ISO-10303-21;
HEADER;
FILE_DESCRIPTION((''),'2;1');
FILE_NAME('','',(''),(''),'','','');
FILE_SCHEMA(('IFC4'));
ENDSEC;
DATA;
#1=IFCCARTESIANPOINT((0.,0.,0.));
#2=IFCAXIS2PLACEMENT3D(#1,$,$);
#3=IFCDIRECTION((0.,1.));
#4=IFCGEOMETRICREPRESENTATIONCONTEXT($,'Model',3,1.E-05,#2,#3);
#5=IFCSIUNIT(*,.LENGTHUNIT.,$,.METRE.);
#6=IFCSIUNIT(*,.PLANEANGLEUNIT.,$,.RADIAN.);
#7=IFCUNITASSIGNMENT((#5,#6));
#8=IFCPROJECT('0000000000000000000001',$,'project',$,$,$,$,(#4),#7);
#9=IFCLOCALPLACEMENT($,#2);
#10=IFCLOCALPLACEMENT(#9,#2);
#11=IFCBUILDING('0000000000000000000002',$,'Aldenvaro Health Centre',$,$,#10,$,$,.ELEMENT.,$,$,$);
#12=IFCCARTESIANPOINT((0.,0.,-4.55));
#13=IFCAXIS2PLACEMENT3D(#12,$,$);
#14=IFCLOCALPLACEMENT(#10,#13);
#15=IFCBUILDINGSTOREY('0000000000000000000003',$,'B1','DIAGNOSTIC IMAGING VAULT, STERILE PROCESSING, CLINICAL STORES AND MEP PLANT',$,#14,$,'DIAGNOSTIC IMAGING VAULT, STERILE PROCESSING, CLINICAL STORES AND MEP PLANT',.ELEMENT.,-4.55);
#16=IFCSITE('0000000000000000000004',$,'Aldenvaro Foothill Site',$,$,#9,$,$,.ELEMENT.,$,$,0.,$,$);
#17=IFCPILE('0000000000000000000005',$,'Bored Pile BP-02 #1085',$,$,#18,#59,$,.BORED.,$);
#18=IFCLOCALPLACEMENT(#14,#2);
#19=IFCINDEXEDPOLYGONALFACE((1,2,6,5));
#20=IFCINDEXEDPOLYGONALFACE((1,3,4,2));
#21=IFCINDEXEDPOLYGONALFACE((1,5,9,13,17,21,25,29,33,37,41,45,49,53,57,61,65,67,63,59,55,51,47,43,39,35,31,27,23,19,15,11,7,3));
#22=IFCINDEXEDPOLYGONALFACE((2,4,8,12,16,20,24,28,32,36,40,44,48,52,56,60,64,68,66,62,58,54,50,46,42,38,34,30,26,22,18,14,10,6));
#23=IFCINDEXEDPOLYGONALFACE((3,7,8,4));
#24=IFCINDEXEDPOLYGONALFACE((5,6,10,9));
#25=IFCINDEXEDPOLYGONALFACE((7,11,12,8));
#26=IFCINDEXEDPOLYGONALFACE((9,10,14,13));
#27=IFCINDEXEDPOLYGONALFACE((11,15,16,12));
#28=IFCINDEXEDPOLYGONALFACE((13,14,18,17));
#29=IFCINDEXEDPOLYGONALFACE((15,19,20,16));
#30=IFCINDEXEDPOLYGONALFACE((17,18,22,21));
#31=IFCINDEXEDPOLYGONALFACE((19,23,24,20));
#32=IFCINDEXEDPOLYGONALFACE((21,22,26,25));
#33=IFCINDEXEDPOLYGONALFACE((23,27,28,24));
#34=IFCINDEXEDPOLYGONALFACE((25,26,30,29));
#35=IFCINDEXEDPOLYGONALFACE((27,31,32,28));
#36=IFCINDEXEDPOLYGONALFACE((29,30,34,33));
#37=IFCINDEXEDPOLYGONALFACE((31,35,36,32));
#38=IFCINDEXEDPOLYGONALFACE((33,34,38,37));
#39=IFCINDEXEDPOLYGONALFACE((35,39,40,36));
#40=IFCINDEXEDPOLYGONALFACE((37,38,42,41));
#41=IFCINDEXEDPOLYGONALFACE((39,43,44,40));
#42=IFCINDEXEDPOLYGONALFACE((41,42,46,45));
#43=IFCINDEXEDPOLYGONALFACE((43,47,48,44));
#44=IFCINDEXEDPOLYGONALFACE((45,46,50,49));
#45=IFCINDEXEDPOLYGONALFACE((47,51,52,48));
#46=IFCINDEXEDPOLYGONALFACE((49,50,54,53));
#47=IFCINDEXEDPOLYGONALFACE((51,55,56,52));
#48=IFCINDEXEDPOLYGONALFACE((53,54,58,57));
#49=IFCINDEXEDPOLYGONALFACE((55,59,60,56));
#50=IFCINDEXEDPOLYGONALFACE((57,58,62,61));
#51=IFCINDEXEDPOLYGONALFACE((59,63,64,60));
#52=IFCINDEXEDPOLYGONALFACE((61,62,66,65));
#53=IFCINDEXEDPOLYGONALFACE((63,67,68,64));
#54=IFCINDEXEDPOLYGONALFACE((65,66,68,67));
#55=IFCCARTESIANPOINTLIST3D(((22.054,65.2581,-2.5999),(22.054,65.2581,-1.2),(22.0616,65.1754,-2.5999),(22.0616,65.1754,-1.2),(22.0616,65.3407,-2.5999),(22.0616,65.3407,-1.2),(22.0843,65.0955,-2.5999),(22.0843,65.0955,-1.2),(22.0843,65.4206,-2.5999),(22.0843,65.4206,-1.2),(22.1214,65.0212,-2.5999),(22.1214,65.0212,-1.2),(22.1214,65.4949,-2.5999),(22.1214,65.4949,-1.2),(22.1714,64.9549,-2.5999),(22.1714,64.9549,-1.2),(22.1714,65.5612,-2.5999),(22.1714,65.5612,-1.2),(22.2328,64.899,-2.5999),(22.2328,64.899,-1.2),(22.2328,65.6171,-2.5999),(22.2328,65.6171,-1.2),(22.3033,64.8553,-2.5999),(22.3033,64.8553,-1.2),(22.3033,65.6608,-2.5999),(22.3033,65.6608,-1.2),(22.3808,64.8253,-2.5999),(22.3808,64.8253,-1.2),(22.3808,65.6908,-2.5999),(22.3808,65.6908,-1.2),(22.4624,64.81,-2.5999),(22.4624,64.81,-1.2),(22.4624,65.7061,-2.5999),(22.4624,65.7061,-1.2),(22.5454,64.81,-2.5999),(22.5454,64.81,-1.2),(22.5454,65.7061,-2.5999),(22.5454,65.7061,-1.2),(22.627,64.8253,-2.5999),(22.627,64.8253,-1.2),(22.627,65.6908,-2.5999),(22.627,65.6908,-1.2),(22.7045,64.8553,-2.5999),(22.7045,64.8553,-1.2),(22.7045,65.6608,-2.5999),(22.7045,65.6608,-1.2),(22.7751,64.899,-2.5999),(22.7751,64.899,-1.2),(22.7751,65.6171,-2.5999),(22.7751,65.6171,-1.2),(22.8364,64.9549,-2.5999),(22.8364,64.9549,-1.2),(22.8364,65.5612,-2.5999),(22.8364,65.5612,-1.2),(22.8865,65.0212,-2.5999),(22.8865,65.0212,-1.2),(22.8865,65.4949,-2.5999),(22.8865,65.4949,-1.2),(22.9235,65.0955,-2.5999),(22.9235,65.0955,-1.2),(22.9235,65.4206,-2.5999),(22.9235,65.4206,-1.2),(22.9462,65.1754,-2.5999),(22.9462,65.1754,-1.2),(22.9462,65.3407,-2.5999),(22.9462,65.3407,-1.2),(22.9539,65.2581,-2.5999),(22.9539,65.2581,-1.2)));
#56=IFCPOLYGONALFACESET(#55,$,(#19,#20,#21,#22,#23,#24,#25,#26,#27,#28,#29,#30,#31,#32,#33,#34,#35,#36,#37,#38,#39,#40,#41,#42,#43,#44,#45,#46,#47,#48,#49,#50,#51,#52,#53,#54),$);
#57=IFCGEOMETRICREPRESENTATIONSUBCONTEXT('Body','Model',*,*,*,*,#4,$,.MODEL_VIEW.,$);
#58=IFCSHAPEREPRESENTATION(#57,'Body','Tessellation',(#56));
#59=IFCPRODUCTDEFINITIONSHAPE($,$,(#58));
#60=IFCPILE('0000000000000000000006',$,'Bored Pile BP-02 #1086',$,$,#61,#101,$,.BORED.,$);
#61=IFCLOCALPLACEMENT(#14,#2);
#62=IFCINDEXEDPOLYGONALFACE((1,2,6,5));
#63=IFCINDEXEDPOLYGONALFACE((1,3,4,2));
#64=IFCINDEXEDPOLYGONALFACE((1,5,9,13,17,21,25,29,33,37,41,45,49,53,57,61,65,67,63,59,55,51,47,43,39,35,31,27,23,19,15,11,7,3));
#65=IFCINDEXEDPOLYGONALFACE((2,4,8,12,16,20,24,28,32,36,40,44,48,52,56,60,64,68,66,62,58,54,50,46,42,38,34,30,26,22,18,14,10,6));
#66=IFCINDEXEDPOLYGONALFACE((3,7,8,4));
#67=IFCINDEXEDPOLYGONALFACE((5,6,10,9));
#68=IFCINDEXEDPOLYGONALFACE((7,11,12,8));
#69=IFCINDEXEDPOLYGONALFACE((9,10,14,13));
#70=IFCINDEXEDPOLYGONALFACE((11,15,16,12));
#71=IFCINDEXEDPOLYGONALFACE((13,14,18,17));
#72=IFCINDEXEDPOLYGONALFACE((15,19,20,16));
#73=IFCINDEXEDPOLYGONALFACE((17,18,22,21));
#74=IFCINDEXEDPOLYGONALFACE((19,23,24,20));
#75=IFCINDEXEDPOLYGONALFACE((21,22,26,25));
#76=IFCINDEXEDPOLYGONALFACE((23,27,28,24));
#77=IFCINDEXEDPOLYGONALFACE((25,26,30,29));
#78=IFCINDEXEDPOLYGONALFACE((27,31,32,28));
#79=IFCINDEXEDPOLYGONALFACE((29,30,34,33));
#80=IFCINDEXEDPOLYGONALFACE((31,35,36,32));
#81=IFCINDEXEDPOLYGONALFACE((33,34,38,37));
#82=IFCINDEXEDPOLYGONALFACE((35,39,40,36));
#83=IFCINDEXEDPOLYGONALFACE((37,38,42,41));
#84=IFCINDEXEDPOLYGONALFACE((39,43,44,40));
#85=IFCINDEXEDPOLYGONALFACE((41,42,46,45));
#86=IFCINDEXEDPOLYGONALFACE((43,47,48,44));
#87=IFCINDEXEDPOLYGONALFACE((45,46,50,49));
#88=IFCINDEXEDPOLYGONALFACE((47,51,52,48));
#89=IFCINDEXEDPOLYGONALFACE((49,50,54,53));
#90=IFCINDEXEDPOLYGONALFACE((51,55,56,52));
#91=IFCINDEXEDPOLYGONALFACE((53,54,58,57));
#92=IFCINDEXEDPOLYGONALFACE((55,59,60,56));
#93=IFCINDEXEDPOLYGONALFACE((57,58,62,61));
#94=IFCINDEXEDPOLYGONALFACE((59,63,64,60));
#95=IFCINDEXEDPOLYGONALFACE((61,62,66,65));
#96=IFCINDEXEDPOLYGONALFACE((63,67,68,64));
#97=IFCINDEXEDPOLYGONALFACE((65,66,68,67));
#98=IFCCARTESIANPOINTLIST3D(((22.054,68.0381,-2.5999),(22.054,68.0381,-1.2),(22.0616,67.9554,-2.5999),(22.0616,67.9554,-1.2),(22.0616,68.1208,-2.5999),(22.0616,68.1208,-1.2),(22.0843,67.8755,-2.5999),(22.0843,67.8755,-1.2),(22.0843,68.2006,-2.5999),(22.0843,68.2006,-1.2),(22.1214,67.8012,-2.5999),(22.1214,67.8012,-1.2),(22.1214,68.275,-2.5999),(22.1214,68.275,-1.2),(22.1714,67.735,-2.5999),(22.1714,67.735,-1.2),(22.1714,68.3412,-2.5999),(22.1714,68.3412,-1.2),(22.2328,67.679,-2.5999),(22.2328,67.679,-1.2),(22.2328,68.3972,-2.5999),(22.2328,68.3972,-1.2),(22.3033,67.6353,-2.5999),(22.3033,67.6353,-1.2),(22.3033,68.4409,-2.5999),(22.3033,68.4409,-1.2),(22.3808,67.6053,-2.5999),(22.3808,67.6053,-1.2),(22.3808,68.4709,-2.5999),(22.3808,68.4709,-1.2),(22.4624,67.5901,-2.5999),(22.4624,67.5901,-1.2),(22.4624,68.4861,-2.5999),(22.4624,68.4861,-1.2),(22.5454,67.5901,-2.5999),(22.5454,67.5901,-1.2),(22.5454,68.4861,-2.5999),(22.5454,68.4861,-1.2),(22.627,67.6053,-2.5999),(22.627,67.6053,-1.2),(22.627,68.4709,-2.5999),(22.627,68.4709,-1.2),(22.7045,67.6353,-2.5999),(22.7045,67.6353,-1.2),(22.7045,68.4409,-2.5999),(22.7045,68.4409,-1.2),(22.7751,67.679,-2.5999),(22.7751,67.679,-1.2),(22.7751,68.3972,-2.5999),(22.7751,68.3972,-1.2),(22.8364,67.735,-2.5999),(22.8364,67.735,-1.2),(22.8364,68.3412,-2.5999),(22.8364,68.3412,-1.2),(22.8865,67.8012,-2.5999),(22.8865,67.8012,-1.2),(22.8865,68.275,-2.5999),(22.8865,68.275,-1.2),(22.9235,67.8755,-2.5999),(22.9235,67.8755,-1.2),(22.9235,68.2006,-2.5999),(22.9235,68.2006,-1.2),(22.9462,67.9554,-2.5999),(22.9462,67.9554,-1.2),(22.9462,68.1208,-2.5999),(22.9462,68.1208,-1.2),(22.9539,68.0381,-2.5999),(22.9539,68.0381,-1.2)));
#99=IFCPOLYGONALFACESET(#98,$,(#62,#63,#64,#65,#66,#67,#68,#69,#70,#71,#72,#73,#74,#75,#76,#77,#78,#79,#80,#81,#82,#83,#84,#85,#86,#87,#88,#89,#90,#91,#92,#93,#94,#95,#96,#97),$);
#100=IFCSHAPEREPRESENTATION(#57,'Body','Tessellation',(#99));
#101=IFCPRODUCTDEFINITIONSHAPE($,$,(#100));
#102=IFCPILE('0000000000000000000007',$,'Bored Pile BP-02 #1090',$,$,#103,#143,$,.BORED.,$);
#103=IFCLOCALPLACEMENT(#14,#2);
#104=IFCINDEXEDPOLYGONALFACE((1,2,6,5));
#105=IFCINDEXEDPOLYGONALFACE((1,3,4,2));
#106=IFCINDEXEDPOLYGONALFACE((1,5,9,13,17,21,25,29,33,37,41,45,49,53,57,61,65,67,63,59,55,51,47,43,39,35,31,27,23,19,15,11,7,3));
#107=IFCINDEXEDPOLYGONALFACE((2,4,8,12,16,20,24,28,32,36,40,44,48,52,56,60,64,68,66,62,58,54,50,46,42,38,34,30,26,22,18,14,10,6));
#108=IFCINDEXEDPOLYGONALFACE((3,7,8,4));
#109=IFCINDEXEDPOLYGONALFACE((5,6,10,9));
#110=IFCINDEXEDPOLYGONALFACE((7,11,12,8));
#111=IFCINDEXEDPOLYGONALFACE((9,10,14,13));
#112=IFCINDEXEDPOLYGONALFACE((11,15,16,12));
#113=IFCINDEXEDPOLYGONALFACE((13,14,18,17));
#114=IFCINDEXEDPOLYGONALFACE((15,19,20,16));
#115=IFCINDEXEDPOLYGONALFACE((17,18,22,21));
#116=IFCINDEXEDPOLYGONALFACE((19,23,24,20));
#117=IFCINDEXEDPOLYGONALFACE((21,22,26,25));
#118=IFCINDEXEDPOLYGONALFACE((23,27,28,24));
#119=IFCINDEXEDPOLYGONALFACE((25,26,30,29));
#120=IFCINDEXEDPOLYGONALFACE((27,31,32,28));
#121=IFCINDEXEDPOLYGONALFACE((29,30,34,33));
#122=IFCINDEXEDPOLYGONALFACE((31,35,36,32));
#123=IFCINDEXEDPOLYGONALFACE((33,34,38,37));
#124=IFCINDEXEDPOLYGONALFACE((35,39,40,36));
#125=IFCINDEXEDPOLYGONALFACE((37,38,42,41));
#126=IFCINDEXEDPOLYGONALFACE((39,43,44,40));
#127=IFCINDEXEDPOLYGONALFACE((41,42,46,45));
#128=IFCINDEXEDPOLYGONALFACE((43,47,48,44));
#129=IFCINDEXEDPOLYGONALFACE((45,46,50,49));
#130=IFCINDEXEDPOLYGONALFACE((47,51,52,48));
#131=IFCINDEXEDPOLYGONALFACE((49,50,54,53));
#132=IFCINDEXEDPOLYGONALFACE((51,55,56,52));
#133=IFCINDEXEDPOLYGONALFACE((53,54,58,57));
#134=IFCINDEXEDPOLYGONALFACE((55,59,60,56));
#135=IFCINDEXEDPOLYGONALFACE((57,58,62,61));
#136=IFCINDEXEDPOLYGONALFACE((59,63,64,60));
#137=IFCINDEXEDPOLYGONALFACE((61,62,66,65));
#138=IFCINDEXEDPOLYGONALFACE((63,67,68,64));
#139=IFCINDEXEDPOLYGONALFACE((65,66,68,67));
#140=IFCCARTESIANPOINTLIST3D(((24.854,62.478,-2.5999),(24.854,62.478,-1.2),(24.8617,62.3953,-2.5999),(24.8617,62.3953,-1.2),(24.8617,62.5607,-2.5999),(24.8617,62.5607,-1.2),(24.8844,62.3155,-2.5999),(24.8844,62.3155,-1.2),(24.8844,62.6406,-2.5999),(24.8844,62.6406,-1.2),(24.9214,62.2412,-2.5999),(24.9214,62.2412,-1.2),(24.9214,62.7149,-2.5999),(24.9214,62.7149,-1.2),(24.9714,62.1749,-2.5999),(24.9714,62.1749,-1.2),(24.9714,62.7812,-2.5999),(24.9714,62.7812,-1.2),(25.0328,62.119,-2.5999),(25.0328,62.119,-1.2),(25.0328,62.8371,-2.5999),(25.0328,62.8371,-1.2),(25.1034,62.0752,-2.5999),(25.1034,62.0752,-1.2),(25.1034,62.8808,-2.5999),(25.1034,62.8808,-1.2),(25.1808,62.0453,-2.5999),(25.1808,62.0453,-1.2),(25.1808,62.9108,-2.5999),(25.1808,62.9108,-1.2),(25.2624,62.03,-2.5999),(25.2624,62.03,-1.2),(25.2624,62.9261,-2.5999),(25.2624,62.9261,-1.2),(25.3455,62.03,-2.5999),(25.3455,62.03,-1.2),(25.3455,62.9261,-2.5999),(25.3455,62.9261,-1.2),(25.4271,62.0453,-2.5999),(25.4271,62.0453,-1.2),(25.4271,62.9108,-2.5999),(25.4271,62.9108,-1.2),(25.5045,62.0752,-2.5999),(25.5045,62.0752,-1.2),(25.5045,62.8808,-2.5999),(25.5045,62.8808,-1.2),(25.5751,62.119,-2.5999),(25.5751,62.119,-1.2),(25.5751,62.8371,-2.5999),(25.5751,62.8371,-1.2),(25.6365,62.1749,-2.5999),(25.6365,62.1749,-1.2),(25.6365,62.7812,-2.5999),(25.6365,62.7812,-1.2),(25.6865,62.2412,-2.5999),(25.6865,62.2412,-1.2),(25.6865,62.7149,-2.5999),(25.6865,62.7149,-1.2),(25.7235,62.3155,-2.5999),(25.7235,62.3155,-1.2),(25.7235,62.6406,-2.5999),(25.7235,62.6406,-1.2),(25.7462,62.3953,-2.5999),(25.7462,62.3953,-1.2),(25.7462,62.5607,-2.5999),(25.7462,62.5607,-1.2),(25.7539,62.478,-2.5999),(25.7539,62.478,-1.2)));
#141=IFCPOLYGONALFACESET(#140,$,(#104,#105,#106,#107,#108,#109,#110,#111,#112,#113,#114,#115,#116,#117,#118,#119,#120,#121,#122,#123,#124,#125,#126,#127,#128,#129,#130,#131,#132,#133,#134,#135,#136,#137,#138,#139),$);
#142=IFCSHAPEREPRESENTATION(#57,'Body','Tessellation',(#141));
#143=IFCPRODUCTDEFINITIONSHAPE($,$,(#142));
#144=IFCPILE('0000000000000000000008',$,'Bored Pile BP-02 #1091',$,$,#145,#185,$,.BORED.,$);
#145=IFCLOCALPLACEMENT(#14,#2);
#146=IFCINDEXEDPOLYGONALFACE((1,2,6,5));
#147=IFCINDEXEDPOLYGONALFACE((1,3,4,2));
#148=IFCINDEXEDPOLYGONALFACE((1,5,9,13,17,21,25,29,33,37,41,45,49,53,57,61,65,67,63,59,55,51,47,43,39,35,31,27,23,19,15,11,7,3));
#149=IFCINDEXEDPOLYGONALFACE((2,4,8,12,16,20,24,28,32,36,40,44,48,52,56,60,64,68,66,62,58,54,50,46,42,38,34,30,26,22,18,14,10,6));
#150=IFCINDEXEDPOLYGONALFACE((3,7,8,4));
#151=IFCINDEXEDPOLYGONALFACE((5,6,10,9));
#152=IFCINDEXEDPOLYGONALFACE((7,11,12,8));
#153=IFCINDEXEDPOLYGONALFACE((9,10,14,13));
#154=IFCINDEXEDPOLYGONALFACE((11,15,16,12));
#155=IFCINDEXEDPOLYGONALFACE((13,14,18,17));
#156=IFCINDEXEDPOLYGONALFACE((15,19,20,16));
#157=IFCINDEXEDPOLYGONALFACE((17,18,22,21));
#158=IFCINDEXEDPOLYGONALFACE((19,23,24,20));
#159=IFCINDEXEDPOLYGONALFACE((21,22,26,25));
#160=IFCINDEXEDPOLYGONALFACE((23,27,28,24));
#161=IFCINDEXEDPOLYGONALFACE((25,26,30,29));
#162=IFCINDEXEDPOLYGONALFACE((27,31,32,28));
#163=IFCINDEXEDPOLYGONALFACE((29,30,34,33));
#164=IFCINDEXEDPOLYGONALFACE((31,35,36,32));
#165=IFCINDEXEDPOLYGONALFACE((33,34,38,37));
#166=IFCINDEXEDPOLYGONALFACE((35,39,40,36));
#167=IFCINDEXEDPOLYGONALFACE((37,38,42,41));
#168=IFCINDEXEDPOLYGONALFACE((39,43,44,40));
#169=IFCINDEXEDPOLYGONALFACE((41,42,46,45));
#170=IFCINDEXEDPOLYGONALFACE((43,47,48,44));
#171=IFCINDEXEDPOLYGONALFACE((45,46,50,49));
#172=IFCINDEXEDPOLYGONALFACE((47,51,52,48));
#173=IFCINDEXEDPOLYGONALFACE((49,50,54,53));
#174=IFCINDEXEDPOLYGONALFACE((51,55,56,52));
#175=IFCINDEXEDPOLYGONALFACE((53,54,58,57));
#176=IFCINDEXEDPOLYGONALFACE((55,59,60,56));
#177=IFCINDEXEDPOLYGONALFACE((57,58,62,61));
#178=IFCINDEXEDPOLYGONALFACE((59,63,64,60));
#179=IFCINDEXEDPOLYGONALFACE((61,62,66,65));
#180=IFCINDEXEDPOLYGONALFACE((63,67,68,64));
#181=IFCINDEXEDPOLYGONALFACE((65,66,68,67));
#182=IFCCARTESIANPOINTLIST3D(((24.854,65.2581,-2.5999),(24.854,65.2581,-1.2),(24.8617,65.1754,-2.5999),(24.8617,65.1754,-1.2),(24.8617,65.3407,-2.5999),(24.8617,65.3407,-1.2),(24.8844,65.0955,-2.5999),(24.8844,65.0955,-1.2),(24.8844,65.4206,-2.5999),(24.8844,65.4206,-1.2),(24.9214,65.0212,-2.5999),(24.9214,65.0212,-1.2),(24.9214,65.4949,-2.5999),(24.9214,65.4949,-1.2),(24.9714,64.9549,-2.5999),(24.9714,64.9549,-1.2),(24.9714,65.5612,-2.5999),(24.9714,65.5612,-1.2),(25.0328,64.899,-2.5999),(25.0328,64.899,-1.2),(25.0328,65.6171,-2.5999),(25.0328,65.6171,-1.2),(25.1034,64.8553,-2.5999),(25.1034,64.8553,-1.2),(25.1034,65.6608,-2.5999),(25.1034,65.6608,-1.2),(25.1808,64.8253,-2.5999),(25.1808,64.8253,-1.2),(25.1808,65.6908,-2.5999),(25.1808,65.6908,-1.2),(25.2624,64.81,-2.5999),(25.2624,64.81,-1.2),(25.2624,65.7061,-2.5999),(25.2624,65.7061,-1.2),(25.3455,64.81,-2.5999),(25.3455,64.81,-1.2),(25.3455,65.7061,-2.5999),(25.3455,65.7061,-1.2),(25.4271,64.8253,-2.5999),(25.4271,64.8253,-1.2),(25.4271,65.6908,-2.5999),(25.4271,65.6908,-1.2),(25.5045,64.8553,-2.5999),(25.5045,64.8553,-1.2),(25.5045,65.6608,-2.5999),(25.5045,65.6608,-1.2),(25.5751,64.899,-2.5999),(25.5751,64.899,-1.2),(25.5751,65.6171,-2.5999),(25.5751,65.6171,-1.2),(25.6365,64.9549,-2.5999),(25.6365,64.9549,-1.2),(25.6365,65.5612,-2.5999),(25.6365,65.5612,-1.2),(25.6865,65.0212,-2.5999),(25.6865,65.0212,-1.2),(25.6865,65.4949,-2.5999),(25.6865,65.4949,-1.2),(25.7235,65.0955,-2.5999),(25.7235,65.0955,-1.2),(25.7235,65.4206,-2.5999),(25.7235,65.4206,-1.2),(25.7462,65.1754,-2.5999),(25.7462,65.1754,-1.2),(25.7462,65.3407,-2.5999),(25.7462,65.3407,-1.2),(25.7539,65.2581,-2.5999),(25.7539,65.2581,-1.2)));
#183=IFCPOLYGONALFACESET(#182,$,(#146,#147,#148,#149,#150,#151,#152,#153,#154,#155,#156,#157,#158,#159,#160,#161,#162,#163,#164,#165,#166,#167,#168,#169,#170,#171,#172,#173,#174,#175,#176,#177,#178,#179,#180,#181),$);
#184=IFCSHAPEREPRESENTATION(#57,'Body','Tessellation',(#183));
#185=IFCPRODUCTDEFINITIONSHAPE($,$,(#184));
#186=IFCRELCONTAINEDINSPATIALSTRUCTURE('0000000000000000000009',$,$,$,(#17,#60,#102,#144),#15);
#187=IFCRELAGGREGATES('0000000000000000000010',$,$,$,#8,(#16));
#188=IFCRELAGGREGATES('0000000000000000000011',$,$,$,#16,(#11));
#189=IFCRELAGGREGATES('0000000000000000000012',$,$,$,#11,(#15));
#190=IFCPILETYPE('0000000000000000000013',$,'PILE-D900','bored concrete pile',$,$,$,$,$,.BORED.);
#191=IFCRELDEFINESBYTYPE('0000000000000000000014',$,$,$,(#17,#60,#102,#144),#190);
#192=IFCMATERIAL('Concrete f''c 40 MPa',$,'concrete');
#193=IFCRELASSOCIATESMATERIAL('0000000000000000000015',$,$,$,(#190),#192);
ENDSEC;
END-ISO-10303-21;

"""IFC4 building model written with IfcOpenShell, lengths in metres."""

from ifc_helpers import new_model, si_unit, direction, frame, origin, origin_2d, place, context, subcontext, project, spatial, circle, extrude, material, material_profile, profile_set, type_object, element, save


model = new_model("IFC4")

# Units and contexts
model_context = context("Model", 3, precision=1e-05, world=origin(), true_north=direction((0.0, 1.0)))
body_context = subcontext(model_context, "Body", "Model", "MODEL_VIEW")
ifc_project = project(units=[si_unit("LENGTHUNIT", "METRE"), si_unit("PLANEANGLEUNIT", "RADIAN")], contexts=[model_context])

# Site, building, storey
site_placement = place(None, origin())
site = spatial("IfcSite", under=ifc_project, at=site_placement, Name="Aldenvaro Foothill Site", CompositionType="ELEMENT", RefElevation=0.0)
building_placement = place(site_placement, origin())
building = spatial("IfcBuilding", under=site, at=building_placement, Name="Aldenvaro Health Centre", CompositionType="ELEMENT")
storey_placement = place(building_placement, frame((0.0, 0.0, -4.55)))
storey = spatial("IfcBuildingStorey", under=building, at=storey_placement, Name="B1", Description="DIAGNOSTIC IMAGING VAULT, STERILE PROCESSING, CLINICAL STORES AND MEP PLANT", LongName="DIAGNOSTIC IMAGING VAULT, STERILE PROCESSING, CLINICAL STORES AND MEP PLANT", CompositionType="ELEMENT", Elevation=-4.55)

# Shared definitions
ifc_material_1 = material(Name="Concrete f'c 40 MPa", Category="concrete")

# Piles
ifc_material_profile_1 = material_profile(ifc_material_1, circle(Radius=0.45, at=origin_2d()), Name="PILE D900", Category="concrete")
ifc_profile_set_1 = profile_set([ifc_material_profile_1], Name="Concrete f'c 40 MPa")
pile_type = type_object("IfcPileType", Name="PILE-D900", Description="bored concrete pile", PredefinedType="BORED", material=ifc_profile_set_1)
for number, where, z_axis, x_axis, name in (
    (1, (22.5039, 65.2581, -1.2), (0.0, 0.0, -1.0), (1.0, 0.0, 0.0), "Bored Pile BP-02 #1085"),
    (2, (22.5039, 68.0381, -1.2), (0.0, 0.0, -1.0), (1.0, 0.0, 0.0), "Bored Pile BP-02 #1086"),
    (3, (25.304, 62.478, -1.2), (0.0, 0.0, -1.0), (1.0, 0.0, 0.0), "Bored Pile BP-02 #1090"),
    (4, (25.304, 65.2581, -1.2), (0.0, 0.0, -1.0), (1.0, 0.0, 0.0), "Bored Pile BP-02 #1091"),
):
    element("IfcPile", number, at=place(storey_placement, frame(where, z_axis=z_axis, x_axis=x_axis)), inside=storey, type_object=pile_type, Name=name, PredefinedType="BORED", context=body_context, shape_type="SweptSolid", body=[
        extrude(circle(Radius=0.45, at=origin_2d()), origin(), (0.0, 0.0, 1.0), 1.3999),
    ])

save(model, "model.ifc")
